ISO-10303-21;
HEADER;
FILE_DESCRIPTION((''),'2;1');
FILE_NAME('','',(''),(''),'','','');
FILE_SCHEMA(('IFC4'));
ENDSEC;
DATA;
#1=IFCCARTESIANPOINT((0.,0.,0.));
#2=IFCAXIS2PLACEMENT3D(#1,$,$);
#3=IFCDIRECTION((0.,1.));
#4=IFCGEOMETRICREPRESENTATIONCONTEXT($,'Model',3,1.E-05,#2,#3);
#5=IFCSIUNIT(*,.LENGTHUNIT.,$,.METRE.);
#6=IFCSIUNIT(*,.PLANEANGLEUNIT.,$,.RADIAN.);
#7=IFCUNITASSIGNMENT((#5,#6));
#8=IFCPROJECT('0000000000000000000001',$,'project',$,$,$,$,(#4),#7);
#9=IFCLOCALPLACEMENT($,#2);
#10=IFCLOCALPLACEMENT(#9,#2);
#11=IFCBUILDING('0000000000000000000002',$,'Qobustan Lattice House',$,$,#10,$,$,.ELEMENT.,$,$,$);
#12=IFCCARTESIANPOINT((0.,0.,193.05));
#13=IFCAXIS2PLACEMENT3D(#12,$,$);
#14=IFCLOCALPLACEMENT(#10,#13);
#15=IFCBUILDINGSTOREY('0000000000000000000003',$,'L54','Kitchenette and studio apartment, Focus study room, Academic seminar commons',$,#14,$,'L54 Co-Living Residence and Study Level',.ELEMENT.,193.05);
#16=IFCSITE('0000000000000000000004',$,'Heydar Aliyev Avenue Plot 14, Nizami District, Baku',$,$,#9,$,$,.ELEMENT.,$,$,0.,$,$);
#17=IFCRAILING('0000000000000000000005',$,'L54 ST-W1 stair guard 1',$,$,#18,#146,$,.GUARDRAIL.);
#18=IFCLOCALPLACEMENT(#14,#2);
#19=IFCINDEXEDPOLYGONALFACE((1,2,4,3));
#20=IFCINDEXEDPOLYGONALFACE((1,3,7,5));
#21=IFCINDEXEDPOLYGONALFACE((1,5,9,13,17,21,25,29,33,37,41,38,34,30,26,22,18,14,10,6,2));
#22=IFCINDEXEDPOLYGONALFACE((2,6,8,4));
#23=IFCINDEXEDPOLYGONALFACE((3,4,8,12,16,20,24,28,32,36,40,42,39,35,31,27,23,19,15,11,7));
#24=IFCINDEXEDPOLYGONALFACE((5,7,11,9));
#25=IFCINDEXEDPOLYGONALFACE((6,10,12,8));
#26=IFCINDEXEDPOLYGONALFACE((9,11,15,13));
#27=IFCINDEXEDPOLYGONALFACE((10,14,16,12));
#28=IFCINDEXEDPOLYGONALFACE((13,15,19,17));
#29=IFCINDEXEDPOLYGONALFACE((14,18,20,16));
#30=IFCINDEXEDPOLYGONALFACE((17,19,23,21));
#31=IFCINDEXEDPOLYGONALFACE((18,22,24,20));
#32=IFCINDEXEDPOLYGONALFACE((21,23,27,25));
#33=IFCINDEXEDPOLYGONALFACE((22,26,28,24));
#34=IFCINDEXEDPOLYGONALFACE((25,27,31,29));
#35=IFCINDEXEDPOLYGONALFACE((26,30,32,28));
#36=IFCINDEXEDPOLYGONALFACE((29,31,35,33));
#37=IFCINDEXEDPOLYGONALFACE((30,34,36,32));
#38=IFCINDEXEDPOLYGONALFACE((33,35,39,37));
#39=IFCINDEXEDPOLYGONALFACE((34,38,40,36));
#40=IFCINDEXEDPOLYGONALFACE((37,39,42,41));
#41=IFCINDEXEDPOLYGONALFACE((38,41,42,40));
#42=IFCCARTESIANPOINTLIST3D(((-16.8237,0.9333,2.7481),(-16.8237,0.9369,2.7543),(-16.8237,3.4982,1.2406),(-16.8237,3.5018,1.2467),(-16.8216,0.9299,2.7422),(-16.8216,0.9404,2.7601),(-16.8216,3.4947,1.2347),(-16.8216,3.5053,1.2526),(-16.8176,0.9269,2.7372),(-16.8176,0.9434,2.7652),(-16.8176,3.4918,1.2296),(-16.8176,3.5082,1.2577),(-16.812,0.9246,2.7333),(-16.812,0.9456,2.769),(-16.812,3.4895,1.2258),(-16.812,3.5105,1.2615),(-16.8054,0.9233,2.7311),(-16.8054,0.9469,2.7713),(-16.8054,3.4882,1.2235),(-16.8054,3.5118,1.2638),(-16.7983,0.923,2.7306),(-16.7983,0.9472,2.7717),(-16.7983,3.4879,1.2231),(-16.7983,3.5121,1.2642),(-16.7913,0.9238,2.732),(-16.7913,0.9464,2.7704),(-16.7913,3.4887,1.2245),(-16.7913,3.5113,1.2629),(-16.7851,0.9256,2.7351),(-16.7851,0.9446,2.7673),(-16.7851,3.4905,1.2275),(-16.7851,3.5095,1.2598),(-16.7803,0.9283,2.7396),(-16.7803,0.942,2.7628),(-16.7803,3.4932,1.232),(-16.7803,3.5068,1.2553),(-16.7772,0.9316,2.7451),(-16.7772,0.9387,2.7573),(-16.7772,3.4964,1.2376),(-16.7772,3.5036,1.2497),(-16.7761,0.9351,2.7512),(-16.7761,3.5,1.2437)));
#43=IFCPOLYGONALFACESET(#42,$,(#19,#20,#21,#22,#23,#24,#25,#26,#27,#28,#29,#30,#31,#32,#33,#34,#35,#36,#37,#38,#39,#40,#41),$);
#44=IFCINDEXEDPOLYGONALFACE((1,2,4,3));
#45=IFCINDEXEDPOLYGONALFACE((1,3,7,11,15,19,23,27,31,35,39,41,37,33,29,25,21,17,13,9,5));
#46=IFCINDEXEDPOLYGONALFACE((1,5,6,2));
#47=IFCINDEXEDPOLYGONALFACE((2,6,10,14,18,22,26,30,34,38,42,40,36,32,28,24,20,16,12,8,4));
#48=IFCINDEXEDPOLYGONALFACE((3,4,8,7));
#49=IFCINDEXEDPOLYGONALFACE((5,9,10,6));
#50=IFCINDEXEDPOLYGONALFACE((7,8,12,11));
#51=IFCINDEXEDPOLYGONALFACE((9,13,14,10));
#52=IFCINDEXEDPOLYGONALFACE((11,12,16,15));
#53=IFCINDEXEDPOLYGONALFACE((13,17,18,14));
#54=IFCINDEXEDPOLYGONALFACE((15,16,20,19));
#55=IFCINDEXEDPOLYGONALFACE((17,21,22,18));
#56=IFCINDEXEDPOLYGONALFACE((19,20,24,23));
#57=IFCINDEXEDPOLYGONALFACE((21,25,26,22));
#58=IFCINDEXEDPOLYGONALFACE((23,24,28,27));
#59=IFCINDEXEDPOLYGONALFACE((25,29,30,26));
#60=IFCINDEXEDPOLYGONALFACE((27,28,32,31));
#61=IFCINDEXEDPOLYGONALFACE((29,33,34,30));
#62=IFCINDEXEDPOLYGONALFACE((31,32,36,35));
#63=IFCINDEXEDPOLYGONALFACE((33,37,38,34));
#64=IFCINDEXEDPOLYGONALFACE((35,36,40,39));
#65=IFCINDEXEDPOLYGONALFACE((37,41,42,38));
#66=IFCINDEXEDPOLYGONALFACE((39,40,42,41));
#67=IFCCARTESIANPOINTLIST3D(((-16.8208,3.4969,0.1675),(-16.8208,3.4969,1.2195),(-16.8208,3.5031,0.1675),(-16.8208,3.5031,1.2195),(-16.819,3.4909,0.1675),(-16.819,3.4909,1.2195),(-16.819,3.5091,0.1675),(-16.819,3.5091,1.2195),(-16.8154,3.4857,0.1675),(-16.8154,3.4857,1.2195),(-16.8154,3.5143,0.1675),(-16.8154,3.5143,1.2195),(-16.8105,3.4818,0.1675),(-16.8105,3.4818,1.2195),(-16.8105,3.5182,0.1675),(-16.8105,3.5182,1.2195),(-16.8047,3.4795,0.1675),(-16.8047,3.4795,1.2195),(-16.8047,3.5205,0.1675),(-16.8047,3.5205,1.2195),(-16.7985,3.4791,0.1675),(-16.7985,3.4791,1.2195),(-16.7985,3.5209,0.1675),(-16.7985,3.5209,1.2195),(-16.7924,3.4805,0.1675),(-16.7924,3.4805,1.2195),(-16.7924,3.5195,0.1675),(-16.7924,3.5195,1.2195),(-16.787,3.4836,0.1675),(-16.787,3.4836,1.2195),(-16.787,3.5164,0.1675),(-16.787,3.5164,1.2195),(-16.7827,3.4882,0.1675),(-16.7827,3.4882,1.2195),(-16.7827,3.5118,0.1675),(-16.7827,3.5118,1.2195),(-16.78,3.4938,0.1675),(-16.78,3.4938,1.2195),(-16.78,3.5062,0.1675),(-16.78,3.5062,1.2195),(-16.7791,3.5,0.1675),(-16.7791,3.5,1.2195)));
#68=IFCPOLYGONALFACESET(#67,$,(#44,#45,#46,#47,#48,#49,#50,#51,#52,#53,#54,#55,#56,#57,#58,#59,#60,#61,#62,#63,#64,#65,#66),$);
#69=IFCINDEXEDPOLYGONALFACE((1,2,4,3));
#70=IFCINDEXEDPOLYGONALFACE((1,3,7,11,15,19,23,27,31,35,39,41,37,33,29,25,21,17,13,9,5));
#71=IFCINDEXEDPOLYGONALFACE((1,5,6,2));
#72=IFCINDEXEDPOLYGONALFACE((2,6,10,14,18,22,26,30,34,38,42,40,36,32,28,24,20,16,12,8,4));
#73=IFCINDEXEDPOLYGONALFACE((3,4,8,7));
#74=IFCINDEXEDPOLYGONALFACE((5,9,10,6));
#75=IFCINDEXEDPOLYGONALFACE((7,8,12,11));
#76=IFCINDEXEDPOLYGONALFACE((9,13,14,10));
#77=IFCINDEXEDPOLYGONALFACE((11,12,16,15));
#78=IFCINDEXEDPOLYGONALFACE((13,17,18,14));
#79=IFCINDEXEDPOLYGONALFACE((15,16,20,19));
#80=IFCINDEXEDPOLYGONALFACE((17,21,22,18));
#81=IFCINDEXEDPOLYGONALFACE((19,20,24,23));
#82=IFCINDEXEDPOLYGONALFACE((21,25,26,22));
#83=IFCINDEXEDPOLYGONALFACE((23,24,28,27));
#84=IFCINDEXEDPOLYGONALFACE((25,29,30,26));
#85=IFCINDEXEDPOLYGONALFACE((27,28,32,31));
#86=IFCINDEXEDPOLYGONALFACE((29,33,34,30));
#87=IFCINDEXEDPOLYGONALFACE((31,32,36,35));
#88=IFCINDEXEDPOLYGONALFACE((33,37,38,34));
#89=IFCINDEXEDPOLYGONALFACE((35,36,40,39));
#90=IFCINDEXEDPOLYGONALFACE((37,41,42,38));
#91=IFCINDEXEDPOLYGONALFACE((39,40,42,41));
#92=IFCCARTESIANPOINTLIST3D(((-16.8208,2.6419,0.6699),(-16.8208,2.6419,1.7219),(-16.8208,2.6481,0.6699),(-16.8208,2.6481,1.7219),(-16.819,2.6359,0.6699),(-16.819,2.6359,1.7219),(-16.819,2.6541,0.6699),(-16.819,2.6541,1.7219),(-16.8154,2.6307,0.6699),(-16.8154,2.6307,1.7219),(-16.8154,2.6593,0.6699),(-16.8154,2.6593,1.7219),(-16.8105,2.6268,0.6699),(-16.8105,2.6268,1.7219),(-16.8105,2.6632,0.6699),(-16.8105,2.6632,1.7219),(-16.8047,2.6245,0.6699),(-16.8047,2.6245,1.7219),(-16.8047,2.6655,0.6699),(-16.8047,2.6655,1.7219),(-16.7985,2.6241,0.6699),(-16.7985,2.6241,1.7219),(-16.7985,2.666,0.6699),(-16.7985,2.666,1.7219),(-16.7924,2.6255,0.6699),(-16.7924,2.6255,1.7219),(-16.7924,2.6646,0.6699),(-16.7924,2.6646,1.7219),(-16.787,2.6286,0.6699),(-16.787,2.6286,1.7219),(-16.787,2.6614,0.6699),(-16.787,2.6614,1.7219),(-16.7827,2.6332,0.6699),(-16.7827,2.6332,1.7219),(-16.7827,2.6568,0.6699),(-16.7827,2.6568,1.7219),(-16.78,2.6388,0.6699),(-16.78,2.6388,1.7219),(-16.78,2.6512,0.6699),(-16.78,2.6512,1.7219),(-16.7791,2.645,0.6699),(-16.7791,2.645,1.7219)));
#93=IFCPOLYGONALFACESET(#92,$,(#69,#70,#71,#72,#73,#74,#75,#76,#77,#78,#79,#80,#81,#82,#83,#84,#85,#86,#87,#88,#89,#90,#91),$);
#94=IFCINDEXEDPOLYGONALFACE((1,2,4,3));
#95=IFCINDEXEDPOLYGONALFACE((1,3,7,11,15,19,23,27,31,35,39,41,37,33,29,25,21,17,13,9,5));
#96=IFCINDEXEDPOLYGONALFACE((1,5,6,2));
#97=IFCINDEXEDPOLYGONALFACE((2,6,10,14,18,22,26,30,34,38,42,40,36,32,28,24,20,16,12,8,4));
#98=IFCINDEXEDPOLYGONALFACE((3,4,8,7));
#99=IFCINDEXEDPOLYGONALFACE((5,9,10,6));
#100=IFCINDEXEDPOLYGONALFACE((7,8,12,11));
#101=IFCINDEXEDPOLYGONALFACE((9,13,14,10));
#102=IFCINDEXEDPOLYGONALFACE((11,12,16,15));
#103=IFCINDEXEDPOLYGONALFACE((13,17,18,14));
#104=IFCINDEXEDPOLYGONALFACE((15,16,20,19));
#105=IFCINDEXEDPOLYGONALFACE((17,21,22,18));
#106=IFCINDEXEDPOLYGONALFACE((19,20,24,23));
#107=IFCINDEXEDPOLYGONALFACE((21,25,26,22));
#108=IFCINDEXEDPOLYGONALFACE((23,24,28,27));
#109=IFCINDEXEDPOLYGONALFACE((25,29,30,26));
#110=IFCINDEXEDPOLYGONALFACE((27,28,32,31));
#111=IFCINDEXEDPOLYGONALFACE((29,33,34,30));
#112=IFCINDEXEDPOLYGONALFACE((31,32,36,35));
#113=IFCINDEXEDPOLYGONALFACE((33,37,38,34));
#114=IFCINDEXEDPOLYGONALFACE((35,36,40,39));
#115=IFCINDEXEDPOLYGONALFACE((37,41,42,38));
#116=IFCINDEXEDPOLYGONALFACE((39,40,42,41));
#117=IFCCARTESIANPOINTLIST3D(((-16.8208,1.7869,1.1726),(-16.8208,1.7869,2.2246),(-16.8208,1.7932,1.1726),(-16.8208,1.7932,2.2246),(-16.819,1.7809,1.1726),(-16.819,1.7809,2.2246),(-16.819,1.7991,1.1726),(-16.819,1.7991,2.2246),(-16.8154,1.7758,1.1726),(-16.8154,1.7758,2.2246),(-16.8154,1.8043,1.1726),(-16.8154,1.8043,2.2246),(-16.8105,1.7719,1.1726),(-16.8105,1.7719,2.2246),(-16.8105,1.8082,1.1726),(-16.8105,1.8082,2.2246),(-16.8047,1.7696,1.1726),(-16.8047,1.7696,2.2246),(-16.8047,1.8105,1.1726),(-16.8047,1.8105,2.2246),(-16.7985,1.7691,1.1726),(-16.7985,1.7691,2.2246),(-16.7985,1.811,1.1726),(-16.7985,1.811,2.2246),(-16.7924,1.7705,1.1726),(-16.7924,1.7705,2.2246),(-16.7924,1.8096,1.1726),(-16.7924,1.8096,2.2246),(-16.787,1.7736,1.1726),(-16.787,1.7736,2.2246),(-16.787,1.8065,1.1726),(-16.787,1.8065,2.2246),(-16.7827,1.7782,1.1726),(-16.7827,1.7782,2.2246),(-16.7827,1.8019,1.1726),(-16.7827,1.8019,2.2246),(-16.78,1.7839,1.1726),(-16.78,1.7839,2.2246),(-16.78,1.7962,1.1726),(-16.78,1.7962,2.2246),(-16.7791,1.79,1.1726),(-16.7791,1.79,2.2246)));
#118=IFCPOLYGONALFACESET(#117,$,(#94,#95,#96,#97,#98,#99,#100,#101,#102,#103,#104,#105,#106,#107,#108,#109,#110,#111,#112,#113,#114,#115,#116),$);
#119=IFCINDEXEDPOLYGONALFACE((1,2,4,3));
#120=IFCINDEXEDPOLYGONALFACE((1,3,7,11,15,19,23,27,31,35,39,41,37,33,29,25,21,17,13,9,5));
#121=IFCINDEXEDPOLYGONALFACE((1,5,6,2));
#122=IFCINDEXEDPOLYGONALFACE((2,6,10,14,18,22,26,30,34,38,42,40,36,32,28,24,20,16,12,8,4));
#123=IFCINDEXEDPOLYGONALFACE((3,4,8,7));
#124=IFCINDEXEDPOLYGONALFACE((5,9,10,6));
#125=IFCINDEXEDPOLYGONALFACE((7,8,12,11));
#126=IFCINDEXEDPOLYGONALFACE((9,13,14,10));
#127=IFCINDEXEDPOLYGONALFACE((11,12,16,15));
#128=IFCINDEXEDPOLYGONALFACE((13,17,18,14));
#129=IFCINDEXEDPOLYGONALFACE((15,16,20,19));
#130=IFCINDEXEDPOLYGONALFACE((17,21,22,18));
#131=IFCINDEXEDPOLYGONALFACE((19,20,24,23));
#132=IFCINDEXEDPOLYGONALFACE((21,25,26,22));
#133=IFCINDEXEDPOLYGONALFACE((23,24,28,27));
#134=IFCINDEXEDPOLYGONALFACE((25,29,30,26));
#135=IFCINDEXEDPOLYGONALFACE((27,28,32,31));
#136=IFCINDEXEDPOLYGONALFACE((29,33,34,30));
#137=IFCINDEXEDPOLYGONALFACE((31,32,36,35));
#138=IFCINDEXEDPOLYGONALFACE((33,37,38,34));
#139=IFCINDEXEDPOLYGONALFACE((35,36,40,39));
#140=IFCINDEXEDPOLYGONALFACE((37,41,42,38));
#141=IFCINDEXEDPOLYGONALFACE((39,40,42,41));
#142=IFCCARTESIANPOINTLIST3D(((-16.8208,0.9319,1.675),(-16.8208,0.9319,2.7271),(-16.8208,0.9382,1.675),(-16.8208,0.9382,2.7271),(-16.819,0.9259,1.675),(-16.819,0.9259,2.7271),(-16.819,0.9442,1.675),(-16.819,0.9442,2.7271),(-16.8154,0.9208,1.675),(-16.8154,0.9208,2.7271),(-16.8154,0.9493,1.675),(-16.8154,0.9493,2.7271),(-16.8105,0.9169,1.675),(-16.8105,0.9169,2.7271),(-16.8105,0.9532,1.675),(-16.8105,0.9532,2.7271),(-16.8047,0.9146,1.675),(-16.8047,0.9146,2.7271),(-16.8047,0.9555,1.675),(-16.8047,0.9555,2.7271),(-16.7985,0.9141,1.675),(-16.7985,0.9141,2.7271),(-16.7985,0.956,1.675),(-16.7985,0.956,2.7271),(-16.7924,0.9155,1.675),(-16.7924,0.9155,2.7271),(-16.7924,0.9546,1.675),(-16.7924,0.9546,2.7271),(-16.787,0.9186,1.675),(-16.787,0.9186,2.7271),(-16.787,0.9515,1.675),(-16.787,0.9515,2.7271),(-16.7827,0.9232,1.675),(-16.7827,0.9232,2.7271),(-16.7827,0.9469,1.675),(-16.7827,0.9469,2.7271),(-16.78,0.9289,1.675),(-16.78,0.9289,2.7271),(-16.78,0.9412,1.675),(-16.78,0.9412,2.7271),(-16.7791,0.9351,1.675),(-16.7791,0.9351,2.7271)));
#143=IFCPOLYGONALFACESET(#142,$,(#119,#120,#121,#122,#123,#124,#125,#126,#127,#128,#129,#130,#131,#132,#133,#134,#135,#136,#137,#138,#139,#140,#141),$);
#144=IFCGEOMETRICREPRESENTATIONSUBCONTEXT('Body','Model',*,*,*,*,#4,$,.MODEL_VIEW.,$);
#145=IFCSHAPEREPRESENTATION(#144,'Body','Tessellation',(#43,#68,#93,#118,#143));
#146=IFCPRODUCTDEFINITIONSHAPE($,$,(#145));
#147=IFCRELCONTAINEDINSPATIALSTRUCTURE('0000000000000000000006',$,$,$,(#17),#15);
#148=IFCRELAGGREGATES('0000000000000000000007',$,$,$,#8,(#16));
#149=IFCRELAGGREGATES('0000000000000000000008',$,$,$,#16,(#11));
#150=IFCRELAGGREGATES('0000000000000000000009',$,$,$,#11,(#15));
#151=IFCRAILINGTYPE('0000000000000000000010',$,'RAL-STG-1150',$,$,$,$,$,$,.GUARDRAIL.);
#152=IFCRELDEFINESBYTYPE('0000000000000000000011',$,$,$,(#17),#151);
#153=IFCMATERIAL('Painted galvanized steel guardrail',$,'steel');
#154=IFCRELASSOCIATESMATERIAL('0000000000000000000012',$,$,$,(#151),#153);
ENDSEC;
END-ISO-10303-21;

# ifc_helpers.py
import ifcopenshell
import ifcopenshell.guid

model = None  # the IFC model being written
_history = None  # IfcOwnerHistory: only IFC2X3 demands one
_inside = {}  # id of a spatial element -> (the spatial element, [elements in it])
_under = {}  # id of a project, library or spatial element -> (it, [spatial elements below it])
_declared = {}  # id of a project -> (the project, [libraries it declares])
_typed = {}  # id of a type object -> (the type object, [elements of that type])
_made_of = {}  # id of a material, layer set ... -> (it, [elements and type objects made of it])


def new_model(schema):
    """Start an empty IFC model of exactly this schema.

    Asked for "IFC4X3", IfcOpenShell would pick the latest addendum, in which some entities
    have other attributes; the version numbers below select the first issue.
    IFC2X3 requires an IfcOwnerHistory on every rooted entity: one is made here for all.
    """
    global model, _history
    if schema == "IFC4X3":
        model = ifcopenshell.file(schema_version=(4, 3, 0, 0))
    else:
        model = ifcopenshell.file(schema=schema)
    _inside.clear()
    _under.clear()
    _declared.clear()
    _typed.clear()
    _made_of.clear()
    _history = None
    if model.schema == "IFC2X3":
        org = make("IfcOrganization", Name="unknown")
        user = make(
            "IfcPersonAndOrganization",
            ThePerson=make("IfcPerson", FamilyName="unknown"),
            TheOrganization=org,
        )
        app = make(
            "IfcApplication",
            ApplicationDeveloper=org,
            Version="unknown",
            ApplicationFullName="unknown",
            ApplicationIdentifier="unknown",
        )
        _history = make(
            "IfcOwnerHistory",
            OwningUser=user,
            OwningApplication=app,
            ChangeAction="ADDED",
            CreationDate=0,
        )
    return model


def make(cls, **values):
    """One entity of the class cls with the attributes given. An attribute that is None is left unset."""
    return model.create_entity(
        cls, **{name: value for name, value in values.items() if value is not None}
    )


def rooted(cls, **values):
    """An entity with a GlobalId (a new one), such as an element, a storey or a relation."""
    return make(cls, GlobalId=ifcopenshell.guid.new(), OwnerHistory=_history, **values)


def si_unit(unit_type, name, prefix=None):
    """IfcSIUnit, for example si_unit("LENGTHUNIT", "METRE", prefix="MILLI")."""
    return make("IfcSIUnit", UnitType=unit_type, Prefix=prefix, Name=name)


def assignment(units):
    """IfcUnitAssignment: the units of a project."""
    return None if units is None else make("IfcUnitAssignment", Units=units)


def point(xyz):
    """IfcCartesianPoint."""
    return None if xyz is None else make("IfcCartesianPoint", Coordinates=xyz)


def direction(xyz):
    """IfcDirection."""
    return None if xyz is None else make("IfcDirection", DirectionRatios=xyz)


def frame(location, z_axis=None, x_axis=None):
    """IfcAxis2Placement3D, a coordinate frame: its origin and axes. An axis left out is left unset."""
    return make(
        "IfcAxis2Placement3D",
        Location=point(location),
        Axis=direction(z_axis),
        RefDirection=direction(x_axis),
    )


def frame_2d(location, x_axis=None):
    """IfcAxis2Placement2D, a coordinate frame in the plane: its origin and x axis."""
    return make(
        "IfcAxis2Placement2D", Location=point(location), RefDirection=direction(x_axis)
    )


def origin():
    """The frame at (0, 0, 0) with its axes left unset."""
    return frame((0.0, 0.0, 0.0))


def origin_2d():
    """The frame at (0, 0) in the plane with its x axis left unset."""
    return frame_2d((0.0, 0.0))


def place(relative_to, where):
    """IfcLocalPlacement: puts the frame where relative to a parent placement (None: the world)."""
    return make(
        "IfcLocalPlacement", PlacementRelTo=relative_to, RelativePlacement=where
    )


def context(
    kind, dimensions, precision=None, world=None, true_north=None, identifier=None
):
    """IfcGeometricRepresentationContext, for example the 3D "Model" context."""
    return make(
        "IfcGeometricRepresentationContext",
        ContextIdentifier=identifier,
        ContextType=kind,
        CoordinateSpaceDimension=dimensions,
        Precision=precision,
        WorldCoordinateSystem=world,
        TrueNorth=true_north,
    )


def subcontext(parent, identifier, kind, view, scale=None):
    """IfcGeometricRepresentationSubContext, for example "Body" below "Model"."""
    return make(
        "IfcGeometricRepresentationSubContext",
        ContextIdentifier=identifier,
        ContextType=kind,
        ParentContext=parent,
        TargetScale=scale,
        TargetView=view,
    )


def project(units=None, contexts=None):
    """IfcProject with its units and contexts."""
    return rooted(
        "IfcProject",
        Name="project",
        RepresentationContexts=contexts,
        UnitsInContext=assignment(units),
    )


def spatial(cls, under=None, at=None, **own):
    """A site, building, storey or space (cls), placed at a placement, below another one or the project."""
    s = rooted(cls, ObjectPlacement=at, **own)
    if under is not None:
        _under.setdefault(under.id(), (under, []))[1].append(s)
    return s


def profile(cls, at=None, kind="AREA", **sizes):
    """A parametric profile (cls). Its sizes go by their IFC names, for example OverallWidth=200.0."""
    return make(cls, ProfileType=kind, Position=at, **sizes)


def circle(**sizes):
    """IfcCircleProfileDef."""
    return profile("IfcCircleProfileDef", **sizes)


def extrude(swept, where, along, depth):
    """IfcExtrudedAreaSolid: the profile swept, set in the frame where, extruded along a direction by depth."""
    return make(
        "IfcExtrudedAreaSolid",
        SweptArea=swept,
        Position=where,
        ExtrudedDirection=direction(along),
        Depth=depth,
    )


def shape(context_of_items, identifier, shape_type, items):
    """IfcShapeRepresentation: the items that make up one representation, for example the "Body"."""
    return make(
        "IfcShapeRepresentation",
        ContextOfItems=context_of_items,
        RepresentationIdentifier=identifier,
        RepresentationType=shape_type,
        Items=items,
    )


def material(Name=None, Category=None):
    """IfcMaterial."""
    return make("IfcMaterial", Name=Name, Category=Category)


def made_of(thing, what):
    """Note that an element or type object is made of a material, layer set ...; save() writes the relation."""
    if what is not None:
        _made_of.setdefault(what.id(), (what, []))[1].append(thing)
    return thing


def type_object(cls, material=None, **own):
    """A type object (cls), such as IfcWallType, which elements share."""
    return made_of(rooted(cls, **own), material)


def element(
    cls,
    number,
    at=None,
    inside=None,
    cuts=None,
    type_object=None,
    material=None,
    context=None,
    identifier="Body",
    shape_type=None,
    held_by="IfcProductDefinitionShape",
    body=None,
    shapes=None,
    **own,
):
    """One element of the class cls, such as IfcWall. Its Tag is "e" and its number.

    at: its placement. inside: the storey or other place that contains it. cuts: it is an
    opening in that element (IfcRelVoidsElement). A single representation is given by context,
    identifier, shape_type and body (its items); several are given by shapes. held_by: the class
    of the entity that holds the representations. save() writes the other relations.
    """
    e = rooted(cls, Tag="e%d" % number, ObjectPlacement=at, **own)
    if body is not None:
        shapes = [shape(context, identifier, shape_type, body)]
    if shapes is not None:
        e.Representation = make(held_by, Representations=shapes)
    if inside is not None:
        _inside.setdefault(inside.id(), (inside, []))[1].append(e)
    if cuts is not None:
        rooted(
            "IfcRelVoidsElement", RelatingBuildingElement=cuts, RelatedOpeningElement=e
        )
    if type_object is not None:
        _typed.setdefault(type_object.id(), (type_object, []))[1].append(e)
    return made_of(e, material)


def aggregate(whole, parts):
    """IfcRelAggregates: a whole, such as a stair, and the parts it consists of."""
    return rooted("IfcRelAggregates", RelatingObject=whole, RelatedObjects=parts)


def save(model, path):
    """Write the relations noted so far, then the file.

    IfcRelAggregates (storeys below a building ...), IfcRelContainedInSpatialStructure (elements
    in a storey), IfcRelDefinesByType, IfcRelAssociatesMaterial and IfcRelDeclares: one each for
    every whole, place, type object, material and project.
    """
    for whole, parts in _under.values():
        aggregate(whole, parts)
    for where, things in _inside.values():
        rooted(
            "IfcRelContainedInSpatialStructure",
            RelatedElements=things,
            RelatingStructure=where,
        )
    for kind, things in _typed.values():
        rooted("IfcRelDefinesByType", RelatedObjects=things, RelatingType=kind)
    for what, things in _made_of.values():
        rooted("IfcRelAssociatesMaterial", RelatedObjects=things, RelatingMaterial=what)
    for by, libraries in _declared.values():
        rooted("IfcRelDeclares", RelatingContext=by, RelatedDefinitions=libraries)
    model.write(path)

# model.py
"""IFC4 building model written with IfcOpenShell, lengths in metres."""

from ifc_helpers import new_model, si_unit, direction, frame, origin, origin_2d, place, context, subcontext, project, spatial, circle, extrude, material, type_object, element, save


model = new_model("IFC4")

# Units and contexts
model_context = context("Model", 3, precision=1e-05, world=origin(), true_north=direction((0.0, 1.0)))
body_context = subcontext(model_context, "Body", "Model", "MODEL_VIEW")
ifc_project = project(units=[si_unit("LENGTHUNIT", "METRE"), si_unit("PLANEANGLEUNIT", "RADIAN")], contexts=[model_context])

# Site, building, storey
site_placement = place(None, origin())
site = spatial("IfcSite", under=ifc_project, at=site_placement, Name="Heydar Aliyev Avenue Plot 14, Nizami District, Baku", CompositionType="ELEMENT", RefElevation=0.0)
building_placement = place(site_placement, origin())
building = spatial("IfcBuilding", under=site, at=building_placement, Name="Qobustan Lattice House", CompositionType="ELEMENT")
storey_placement = place(building_placement, frame((0.0, 0.0, 193.05)))
storey = spatial("IfcBuildingStorey", under=building, at=storey_placement, Name="L54", Description="Kitchenette and studio apartment, Focus study room, Academic seminar commons", LongName="L54 Co-Living Residence and Study Level", CompositionType="ELEMENT", Elevation=193.05)

# Railing
ifc_material_1 = material(Name="Painted galvanized steel guardrail", Category="steel")
railing_type_1 = type_object("IfcRailingType", Name="RAL-STG-1150", PredefinedType="GUARDRAIL", material=ifc_material_1)
railing_1_placement = place(storey_placement, frame((-16.8, 3.5, 0.1675)))
element("IfcRailing", 1, at=railing_1_placement, inside=storey, type_object=railing_type_1, Name="L54 ST-W1 stair guard 1", PredefinedType="GUARDRAIL", context=body_context, shape_type="SweptSolid", body=[
    extrude(circle(Radius=0.0239, at=origin_2d()), frame((0.0, 0.0, 1.0762), z_axis=(0.0, -0.862113, 0.506715), x_axis=(1.0, 0.0, 0.0)), (0.0, 0.0, 1.0), 2.9751),
    extrude(circle(Radius=0.021, at=origin_2d()), origin(), (0.0, 0.0, 1.0), 1.052),
    extrude(circle(Radius=0.021, at=origin_2d()), frame((0.0, -0.855, 0.5024)), (0.0, 0.0, 1.0), 1.052),
    extrude(circle(Radius=0.021, at=origin_2d()), frame((0.0, -1.71, 1.0051)), (0.0, 0.0, 1.0), 1.052),
    extrude(circle(Radius=0.021, at=origin_2d()), frame((0.0, -2.5649, 1.5076)), (0.0, 0.0, 1.0), 1.052),
])

save(model, "model.ifc")
